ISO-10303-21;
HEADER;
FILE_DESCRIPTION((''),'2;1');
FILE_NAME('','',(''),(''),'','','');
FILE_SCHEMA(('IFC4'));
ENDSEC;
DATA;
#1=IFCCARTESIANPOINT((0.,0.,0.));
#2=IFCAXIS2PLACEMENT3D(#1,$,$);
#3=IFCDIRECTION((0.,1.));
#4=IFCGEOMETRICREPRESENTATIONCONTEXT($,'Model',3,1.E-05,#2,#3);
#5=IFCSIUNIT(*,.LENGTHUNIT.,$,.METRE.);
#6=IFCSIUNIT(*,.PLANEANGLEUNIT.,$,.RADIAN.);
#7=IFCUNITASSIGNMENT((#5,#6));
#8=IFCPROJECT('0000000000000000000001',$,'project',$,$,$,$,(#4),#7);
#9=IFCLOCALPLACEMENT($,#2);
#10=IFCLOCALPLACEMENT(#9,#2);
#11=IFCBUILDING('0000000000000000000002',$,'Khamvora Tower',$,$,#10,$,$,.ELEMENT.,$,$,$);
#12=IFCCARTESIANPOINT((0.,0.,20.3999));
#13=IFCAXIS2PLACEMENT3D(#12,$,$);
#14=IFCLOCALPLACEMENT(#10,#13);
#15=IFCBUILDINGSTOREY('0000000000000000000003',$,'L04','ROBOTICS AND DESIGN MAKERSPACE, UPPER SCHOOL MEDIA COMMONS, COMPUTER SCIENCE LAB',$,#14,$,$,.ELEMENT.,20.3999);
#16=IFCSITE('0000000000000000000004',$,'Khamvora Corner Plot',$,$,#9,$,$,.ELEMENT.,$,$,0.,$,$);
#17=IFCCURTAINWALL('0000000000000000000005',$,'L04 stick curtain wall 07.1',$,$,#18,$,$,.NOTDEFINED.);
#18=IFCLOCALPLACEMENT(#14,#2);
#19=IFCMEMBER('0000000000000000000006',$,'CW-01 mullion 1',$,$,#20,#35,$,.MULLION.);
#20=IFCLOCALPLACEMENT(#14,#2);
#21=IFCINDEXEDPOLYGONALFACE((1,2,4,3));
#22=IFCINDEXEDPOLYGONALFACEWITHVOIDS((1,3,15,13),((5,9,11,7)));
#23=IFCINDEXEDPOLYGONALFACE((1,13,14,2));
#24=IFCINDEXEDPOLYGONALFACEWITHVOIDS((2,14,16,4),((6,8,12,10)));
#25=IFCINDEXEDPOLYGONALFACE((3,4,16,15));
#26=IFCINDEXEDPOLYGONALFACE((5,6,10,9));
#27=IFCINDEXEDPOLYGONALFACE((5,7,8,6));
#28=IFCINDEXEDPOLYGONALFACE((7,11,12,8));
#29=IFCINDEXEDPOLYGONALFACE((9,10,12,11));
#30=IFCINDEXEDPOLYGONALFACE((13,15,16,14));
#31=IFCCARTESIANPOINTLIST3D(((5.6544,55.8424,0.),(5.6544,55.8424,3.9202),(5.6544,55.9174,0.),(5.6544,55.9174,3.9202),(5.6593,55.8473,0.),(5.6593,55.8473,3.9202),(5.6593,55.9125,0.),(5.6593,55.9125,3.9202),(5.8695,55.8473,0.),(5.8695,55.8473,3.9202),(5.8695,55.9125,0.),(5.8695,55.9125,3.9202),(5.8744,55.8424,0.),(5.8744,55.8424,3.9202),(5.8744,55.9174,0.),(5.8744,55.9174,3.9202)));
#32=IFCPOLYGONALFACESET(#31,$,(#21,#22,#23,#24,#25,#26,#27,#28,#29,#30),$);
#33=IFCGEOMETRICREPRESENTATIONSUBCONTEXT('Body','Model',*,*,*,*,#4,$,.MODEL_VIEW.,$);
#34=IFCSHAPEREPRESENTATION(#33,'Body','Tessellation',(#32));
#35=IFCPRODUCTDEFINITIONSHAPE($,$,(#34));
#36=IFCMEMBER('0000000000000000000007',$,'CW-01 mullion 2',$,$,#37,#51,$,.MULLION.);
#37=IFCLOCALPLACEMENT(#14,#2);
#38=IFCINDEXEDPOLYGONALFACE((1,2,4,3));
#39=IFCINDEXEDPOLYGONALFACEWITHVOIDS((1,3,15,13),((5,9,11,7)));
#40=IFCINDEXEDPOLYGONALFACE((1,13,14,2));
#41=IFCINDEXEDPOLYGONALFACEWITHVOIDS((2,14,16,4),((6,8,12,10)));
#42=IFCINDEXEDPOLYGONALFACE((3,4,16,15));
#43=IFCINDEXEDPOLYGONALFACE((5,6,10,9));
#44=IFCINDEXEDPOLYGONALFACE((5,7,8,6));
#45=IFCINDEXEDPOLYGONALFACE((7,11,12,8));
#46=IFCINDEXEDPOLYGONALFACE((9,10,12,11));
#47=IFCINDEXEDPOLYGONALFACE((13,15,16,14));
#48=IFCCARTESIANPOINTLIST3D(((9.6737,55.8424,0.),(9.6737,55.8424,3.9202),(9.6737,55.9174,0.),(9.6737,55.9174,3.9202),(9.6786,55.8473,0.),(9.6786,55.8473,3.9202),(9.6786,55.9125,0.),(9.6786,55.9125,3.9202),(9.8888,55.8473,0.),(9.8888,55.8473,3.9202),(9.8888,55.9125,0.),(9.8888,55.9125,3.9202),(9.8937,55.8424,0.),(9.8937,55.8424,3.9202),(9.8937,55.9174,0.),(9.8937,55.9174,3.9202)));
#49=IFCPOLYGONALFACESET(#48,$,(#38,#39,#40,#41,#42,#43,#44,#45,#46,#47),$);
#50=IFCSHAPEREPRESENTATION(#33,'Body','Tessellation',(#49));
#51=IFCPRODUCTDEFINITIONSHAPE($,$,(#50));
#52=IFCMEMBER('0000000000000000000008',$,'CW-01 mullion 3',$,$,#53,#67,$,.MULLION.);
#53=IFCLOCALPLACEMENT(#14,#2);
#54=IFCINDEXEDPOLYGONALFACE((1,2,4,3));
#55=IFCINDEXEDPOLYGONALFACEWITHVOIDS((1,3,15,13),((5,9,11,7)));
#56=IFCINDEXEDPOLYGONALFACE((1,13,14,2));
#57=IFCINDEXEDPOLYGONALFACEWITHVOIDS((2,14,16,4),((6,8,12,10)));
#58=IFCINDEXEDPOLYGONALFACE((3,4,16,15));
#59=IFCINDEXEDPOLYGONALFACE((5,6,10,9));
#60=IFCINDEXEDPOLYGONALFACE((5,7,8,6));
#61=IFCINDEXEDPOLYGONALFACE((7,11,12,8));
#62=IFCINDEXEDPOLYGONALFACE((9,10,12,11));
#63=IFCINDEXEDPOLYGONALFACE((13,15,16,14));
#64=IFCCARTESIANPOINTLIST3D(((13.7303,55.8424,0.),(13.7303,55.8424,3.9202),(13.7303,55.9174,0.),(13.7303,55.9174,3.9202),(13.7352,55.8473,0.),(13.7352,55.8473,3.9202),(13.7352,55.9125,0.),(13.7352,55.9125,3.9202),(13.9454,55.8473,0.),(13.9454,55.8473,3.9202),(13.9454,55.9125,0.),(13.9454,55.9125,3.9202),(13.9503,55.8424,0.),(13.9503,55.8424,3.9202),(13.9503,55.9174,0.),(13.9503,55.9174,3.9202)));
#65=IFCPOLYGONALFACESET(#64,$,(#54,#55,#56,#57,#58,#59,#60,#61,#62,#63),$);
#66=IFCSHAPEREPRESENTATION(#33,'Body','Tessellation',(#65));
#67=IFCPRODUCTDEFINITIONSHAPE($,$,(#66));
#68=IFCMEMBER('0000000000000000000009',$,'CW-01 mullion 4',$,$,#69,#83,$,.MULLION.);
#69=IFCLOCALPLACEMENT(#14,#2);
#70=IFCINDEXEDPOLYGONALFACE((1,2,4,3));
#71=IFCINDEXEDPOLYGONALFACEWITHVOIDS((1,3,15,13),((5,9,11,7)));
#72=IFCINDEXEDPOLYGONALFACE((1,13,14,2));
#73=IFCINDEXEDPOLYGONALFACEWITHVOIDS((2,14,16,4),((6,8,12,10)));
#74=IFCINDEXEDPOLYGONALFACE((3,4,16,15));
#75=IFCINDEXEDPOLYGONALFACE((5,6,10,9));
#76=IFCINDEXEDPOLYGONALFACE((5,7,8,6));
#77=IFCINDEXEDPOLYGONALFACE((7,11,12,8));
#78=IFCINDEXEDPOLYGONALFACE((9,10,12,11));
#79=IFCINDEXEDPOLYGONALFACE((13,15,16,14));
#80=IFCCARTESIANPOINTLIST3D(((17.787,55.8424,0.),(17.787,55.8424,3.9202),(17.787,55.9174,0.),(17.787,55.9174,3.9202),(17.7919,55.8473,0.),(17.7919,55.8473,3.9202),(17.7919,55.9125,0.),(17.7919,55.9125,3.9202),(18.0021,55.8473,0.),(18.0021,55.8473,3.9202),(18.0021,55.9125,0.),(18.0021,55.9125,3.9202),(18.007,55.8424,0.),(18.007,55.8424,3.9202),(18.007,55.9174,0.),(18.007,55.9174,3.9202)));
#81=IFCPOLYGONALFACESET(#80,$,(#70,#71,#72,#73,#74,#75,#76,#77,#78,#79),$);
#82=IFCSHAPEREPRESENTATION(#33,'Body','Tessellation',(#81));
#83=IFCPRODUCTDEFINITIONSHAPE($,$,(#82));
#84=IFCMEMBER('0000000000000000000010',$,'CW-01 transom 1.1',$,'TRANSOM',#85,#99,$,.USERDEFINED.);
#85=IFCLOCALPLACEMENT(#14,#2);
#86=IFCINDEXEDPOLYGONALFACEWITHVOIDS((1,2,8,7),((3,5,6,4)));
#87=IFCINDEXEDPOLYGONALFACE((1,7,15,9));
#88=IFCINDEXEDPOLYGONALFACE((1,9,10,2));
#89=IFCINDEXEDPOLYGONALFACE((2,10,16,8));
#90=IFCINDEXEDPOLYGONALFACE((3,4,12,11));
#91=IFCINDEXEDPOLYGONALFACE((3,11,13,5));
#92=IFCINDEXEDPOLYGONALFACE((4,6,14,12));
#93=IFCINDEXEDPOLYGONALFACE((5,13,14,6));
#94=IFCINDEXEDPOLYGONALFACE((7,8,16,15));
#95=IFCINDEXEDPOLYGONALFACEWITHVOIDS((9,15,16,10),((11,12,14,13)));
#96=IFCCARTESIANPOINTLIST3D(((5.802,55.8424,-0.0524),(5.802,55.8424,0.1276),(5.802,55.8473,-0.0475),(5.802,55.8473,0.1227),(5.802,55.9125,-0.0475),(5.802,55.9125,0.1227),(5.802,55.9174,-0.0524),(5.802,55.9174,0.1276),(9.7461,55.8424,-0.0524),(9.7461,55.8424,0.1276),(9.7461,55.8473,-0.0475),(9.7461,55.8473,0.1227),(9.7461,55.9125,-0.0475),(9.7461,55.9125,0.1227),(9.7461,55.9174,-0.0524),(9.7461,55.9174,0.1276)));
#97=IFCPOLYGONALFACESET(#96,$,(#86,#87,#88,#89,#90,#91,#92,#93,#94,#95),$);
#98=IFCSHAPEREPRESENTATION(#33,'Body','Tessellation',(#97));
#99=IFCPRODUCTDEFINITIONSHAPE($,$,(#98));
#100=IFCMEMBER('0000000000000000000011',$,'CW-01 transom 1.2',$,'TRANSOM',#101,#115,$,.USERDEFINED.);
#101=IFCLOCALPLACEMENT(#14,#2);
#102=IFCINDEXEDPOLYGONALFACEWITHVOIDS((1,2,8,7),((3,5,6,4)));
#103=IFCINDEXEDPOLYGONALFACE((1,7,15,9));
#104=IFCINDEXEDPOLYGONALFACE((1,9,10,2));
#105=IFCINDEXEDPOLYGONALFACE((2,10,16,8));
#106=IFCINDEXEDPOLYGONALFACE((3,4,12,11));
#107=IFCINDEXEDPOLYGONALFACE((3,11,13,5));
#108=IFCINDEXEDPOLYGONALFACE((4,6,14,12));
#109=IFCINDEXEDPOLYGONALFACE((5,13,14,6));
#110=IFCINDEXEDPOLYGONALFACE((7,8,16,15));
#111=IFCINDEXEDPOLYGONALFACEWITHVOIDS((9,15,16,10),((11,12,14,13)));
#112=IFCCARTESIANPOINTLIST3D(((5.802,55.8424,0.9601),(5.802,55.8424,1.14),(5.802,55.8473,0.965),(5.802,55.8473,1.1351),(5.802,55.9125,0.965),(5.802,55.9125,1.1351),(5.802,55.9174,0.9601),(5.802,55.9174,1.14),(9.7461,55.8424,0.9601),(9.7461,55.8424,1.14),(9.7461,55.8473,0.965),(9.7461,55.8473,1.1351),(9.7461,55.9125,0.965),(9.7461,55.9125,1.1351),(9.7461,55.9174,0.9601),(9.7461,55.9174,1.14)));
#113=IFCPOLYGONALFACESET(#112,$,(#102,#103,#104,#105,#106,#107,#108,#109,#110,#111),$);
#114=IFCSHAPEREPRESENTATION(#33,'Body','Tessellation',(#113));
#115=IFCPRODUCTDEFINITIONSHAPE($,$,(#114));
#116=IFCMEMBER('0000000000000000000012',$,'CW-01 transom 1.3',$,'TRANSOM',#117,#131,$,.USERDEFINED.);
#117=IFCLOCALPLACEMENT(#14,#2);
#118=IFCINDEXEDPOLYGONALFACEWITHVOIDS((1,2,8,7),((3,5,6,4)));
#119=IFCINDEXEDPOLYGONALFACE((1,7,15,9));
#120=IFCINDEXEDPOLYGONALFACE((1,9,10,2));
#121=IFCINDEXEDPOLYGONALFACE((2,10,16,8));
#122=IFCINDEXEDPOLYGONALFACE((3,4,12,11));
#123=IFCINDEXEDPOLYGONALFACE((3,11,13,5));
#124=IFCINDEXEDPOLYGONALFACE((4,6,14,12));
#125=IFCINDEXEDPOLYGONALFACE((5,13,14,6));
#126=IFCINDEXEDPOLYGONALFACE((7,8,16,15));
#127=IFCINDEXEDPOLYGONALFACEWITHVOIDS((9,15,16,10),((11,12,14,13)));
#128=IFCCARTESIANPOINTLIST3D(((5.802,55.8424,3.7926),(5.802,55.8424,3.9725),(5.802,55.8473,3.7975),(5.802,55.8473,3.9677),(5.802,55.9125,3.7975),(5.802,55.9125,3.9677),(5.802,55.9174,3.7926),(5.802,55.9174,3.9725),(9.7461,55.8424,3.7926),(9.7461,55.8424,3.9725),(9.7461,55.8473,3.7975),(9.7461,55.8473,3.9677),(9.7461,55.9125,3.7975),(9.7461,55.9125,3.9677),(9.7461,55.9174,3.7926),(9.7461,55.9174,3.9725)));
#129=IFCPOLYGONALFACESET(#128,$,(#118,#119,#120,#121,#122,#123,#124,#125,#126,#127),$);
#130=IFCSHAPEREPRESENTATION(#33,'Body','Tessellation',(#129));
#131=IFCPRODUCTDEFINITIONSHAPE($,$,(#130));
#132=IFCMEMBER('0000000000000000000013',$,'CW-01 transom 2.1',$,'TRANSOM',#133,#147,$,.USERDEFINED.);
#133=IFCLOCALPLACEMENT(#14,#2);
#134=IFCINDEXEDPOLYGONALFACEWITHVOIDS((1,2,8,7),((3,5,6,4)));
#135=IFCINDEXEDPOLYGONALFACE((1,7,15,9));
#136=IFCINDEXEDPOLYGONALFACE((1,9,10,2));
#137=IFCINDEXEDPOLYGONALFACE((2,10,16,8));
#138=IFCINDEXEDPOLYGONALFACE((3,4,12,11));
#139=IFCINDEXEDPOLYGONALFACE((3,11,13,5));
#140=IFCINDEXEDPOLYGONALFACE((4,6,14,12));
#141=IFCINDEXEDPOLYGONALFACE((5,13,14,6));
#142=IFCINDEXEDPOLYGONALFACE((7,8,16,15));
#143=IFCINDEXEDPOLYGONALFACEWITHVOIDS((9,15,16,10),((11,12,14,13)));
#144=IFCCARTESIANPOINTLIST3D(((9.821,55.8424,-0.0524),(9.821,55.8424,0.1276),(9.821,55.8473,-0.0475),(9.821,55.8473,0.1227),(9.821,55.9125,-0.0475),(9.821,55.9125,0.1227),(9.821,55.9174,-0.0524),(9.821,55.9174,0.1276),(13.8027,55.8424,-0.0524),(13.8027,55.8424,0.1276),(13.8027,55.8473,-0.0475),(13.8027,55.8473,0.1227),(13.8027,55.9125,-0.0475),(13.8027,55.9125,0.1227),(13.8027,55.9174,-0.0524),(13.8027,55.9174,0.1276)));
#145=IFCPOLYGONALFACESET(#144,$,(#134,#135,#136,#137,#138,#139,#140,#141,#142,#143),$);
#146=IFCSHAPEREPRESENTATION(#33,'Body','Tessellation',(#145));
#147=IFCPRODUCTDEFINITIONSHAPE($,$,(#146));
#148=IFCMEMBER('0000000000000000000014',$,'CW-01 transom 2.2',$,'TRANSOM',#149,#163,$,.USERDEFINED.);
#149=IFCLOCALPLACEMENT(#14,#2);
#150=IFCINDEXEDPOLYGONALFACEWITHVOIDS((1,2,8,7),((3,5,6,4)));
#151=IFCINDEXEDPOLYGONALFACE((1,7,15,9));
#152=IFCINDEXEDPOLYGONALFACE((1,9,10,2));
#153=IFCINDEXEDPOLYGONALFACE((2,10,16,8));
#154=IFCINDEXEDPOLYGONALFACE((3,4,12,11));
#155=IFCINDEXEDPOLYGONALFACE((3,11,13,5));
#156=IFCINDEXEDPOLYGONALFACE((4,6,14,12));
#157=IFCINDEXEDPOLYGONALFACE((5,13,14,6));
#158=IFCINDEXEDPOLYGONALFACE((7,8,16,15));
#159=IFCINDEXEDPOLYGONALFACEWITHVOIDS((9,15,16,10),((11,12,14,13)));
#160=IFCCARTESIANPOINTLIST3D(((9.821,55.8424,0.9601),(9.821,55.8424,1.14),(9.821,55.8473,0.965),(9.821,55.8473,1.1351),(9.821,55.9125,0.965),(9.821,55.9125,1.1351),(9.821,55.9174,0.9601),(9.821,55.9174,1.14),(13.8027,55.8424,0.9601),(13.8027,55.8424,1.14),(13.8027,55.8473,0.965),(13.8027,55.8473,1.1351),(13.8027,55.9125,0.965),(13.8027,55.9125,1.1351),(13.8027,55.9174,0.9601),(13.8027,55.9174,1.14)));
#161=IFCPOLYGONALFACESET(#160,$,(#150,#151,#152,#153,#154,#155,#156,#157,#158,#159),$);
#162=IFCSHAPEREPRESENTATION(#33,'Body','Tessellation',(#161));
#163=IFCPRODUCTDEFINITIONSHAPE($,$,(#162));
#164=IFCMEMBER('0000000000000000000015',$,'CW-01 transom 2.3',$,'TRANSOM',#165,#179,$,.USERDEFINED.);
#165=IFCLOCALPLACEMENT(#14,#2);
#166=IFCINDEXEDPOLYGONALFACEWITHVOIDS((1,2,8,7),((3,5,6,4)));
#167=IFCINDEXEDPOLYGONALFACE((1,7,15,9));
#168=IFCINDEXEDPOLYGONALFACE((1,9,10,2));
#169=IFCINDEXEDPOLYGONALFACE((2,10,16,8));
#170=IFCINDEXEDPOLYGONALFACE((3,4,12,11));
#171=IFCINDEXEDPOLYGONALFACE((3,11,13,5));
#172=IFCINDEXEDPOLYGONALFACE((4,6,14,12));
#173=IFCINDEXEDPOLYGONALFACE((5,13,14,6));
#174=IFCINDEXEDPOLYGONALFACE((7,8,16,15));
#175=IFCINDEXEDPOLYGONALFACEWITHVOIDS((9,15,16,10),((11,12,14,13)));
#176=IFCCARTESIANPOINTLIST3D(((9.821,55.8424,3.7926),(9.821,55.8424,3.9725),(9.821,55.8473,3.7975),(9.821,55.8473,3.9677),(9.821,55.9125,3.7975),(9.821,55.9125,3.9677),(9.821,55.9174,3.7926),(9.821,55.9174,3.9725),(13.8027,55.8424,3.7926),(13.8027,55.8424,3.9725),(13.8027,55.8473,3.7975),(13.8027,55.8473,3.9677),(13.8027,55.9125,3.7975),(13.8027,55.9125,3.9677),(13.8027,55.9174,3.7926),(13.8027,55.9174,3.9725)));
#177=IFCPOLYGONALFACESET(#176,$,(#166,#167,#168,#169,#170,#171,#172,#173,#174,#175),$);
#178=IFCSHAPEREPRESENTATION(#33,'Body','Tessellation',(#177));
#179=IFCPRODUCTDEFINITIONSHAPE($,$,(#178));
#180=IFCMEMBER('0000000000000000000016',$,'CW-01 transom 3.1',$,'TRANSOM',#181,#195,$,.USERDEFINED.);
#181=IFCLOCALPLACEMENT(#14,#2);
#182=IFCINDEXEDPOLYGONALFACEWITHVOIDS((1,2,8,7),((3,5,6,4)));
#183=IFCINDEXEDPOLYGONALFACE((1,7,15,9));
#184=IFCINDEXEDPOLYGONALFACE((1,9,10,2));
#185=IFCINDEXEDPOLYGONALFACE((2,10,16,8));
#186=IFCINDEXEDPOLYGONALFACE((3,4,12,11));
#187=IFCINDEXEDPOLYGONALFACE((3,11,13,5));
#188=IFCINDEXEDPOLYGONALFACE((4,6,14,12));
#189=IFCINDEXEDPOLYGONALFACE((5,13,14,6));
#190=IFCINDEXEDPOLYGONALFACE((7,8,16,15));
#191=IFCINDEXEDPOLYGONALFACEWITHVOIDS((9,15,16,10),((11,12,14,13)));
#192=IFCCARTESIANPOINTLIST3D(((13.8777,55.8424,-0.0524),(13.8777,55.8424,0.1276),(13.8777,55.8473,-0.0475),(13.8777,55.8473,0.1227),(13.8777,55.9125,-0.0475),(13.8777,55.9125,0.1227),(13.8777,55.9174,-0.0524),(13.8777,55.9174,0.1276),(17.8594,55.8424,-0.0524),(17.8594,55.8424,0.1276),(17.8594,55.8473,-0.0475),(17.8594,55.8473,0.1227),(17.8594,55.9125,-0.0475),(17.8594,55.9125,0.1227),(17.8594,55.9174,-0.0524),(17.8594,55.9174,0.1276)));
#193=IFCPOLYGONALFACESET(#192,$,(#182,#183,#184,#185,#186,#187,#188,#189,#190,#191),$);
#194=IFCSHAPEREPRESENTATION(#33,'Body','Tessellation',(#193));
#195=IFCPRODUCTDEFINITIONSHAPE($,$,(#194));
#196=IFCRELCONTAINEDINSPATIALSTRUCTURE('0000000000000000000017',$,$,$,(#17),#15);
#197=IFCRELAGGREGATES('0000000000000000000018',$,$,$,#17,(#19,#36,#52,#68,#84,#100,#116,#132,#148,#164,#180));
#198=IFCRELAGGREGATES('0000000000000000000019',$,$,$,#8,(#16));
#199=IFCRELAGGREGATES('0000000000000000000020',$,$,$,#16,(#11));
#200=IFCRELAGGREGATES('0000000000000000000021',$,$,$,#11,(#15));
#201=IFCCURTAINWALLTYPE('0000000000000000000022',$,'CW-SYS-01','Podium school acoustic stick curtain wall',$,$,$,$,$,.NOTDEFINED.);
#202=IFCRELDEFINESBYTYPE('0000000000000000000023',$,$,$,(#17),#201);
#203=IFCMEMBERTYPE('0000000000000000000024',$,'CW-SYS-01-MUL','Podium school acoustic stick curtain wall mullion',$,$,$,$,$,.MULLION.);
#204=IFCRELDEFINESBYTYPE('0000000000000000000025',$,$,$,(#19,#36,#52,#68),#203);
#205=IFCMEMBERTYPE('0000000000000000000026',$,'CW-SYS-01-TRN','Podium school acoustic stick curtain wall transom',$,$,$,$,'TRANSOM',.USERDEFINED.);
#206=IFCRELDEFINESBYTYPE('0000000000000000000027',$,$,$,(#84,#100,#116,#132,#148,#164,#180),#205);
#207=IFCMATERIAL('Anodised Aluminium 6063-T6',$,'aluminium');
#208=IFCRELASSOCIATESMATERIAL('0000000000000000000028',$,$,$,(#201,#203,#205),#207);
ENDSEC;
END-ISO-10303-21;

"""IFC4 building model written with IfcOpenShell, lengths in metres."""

from ifc_helpers import new_model, si_unit, direction, frame, origin, origin_2d, place, context, subcontext, project, spatial, hollow_rectangle, extrude, material, material_profile, profile_set, type_object, element, aggregate, save


model = new_model("IFC4")

# Units and contexts
model_context = context("Model", 3, precision=1e-05, world=origin(), true_north=direction((0.0, 1.0)))
body_context = subcontext(model_context, "Body", "Model", "MODEL_VIEW")
ifc_project = project(units=[si_unit("LENGTHUNIT", "METRE"), si_unit("PLANEANGLEUNIT", "RADIAN")], contexts=[model_context])

# Site, building, storey
site_placement = place(None, origin())
site = spatial("IfcSite", under=ifc_project, at=site_placement, Name="Khamvora Corner Plot", CompositionType="ELEMENT", RefElevation=0.0)
building_placement = place(site_placement, origin())
building = spatial("IfcBuilding", under=site, at=building_placement, Name="Khamvora Tower", CompositionType="ELEMENT")
storey_placement = place(building_placement, frame((0.0, 0.0, 20.3999)))
storey = spatial("IfcBuildingStorey", under=building, at=storey_placement, Name="L04", Description="ROBOTICS AND DESIGN MAKERSPACE, UPPER SCHOOL MEDIA COMMONS, COMPUTER SCIENCE LAB", CompositionType="ELEMENT", Elevation=20.3999)

# Curtain wall, members
ifc_material_1 = material(Name="Anodised Aluminium 6063-T6", Category="aluminium")
curtain_wall_type = type_object("IfcCurtainWallType", Name="CW-SYS-01", Description="Podium school acoustic stick curtain wall", PredefinedType="NOTDEFINED", material=ifc_material_1)
curtain_wall_placement = place(storey_placement, origin())
curtain_wall = element("IfcCurtainWall", 1, at=curtain_wall_placement, inside=storey, type_object=curtain_wall_type, Name="L04 stick curtain wall 07.1", PredefinedType="NOTDEFINED")
ifc_material_profile_1 = material_profile(ifc_material_1, hollow_rectangle(XDim=0.075, YDim=0.22, WallThickness=0.0049, at=origin_2d()), Name="MUL75x220x5")
ifc_profile_set_1 = profile_set([ifc_material_profile_1], Name="Anodised Aluminium 6063-T6")
member_type_1 = type_object("IfcMemberType", Name="CW-SYS-01-MUL", Description="Podium school acoustic stick curtain wall mullion", PredefinedType="MULLION", material=ifc_profile_set_1)
member_1_placement = place(storey_placement, frame((5.7644, 55.8799, 0.0), z_axis=(0.0, 0.0, 1.0), x_axis=(0.0, 1.0, 0.0)))
member_1 = element("IfcMember", 2, at=member_1_placement, type_object=member_type_1, Name="CW-01 mullion 1", PredefinedType="MULLION", context=body_context, shape_type="SweptSolid", body=[
    extrude(hollow_rectangle(XDim=0.075, YDim=0.22, WallThickness=0.0049, at=origin_2d()), origin(), (0.0, 0.0, 1.0), 3.9202),
])
member_2_placement = place(storey_placement, frame((9.7837, 55.8799, 0.0), z_axis=(0.0, 0.0, 1.0), x_axis=(0.0, 1.0, 0.0)))
member_2 = element("IfcMember", 3, at=member_2_placement, type_object=member_type_1, Name="CW-01 mullion 2", PredefinedType="MULLION", context=body_context, shape_type="SweptSolid", body=[
    extrude(hollow_rectangle(XDim=0.075, YDim=0.22, WallThickness=0.0049, at=origin_2d()), origin(), (0.0, 0.0, 1.0), 3.9202),
])
member_3_placement = place(storey_placement, frame((13.8403, 55.8799, 0.0), z_axis=(0.0, 0.0, 1.0), x_axis=(0.0, 1.0, 0.0)))
member_3 = element("IfcMember", 4, at=member_3_placement, type_object=member_type_1, Name="CW-01 mullion 3", PredefinedType="MULLION", context=body_context, shape_type="SweptSolid", body=[
    extrude(hollow_rectangle(XDim=0.075, YDim=0.22, WallThickness=0.0049, at=origin_2d()), origin(), (0.0, 0.0, 1.0), 3.9202),
])
member_4_placement = place(storey_placement, frame((17.897, 55.8799, 0.0), z_axis=(0.0, 0.0, 1.0), x_axis=(0.0, 1.0, 0.0)))
member_4 = element("IfcMember", 5, at=member_4_placement, type_object=member_type_1, Name="CW-01 mullion 4", PredefinedType="MULLION", context=body_context, shape_type="SweptSolid", body=[
    extrude(hollow_rectangle(XDim=0.075, YDim=0.22, WallThickness=0.0049, at=origin_2d()), origin(), (0.0, 0.0, 1.0), 3.9202),
])
ifc_material_profile_2 = material_profile(ifc_material_1, hollow_rectangle(XDim=0.075, YDim=0.1799, WallThickness=0.0049, at=origin_2d()), Name="TRN75x180x5")
ifc_profile_set_2 = profile_set([ifc_material_profile_2], Name="Anodised Aluminium 6063-T6")
member_type_2 = type_object("IfcMemberType", Name="CW-SYS-01-TRN", Description="Podium school acoustic stick curtain wall transom", ElementType="TRANSOM", PredefinedType="USERDEFINED", material=ifc_profile_set_2)
member_5_placement = place(storey_placement, frame((5.802, 55.8799, 0.0376), z_axis=(1.0, 0.0, 0.0), x_axis=(0.0, 1.0, 0.0)))
member_5 = element("IfcMember", 6, at=member_5_placement, type_object=member_type_2, Name="CW-01 transom 1.1", ObjectType="TRANSOM", PredefinedType="USERDEFINED", context=body_context, shape_type="SweptSolid", body=[
    extrude(hollow_rectangle(XDim=0.075, YDim=0.1799, WallThickness=0.0049, at=origin_2d()), origin(), (0.0, 0.0, 1.0), 3.9441),
])
member_6_placement = place(storey_placement, frame((5.802, 55.8799, 1.05), z_axis=(1.0, 0.0, 0.0), x_axis=(0.0, 1.0, 0.0)))
member_6 = element("IfcMember", 7, at=member_6_placement, type_object=member_type_2, Name="CW-01 transom 1.2", ObjectType="TRANSOM", PredefinedType="USERDEFINED", context=body_context, shape_type="SweptSolid", body=[
    extrude(hollow_rectangle(XDim=0.075, YDim=0.1799, WallThickness=0.0049, at=origin_2d()), origin(), (0.0, 0.0, 1.0), 3.9441),
])
member_7_placement = place(storey_placement, frame((5.802, 55.8799, 3.8826), z_axis=(1.0, 0.0, 0.0), x_axis=(0.0, 1.0, 0.0)))
member_7 = element("IfcMember", 8, at=member_7_placement, type_object=member_type_2, Name="CW-01 transom 1.3", ObjectType="TRANSOM", PredefinedType="USERDEFINED", context=body_context, shape_type="SweptSolid", body=[
    extrude(hollow_rectangle(XDim=0.075, YDim=0.1799, WallThickness=0.0049, at=origin_2d()), origin(), (0.0, 0.0, 1.0), 3.9441),
])
member_8_placement = place(storey_placement, frame((9.821, 55.8799, 0.0376), z_axis=(1.0, 0.0, 0.0), x_axis=(0.0, 1.0, 0.0)))
member_8 = element("IfcMember", 9, at=member_8_placement, type_object=member_type_2, Name="CW-01 transom 2.1", ObjectType="TRANSOM", PredefinedType="USERDEFINED", context=body_context, shape_type="SweptSolid", body=[
    extrude(hollow_rectangle(XDim=0.075, YDim=0.1799, WallThickness=0.0049, at=origin_2d()), origin(), (0.0, 0.0, 1.0), 3.9817),
])
member_9_placement = place(storey_placement, frame((9.821, 55.8799, 1.05), z_axis=(1.0, 0.0, 0.0), x_axis=(0.0, 1.0, 0.0)))
member_9 = element("IfcMember", 10, at=member_9_placement, type_object=member_type_2, Name="CW-01 transom 2.2", ObjectType="TRANSOM", PredefinedType="USERDEFINED", context=body_context, shape_type="SweptSolid", body=[
    extrude(hollow_rectangle(XDim=0.075, YDim=0.1799, WallThickness=0.0049, at=origin_2d()), origin(), (0.0, 0.0, 1.0), 3.9817),
])
member_10_placement = place(storey_placement, frame((9.821, 55.8799, 3.8826), z_axis=(1.0, 0.0, 0.0), x_axis=(0.0, 1.0, 0.0)))
member_10 = element("IfcMember", 11, at=member_10_placement, type_object=member_type_2, Name="CW-01 transom 2.3", ObjectType="TRANSOM", PredefinedType="USERDEFINED", context=body_context, shape_type="SweptSolid", body=[
    extrude(hollow_rectangle(XDim=0.075, YDim=0.1799, WallThickness=0.0049, at=origin_2d()), origin(), (0.0, 0.0, 1.0), 3.9817),
])
member_11_placement = place(storey_placement, frame((13.8777, 55.8799, 0.0376), z_axis=(1.0, 0.0, 0.0), x_axis=(0.0, 1.0, 0.0)))
member_11 = element("IfcMember", 12, at=member_11_placement, type_object=member_type_2, Name="CW-01 transom 3.1", ObjectType="TRANSOM", PredefinedType="USERDEFINED", context=body_context, shape_type="SweptSolid", body=[
    extrude(hollow_rectangle(XDim=0.075, YDim=0.1799, WallThickness=0.0049, at=origin_2d()), origin(), (0.0, 0.0, 1.0), 3.9817),
])

aggregate(curtain_wall, [member_1, member_2, member_3, member_4, member_5, member_6, member_7, member_8, member_9, member_10, member_11])

save(model, "model.ifc")
